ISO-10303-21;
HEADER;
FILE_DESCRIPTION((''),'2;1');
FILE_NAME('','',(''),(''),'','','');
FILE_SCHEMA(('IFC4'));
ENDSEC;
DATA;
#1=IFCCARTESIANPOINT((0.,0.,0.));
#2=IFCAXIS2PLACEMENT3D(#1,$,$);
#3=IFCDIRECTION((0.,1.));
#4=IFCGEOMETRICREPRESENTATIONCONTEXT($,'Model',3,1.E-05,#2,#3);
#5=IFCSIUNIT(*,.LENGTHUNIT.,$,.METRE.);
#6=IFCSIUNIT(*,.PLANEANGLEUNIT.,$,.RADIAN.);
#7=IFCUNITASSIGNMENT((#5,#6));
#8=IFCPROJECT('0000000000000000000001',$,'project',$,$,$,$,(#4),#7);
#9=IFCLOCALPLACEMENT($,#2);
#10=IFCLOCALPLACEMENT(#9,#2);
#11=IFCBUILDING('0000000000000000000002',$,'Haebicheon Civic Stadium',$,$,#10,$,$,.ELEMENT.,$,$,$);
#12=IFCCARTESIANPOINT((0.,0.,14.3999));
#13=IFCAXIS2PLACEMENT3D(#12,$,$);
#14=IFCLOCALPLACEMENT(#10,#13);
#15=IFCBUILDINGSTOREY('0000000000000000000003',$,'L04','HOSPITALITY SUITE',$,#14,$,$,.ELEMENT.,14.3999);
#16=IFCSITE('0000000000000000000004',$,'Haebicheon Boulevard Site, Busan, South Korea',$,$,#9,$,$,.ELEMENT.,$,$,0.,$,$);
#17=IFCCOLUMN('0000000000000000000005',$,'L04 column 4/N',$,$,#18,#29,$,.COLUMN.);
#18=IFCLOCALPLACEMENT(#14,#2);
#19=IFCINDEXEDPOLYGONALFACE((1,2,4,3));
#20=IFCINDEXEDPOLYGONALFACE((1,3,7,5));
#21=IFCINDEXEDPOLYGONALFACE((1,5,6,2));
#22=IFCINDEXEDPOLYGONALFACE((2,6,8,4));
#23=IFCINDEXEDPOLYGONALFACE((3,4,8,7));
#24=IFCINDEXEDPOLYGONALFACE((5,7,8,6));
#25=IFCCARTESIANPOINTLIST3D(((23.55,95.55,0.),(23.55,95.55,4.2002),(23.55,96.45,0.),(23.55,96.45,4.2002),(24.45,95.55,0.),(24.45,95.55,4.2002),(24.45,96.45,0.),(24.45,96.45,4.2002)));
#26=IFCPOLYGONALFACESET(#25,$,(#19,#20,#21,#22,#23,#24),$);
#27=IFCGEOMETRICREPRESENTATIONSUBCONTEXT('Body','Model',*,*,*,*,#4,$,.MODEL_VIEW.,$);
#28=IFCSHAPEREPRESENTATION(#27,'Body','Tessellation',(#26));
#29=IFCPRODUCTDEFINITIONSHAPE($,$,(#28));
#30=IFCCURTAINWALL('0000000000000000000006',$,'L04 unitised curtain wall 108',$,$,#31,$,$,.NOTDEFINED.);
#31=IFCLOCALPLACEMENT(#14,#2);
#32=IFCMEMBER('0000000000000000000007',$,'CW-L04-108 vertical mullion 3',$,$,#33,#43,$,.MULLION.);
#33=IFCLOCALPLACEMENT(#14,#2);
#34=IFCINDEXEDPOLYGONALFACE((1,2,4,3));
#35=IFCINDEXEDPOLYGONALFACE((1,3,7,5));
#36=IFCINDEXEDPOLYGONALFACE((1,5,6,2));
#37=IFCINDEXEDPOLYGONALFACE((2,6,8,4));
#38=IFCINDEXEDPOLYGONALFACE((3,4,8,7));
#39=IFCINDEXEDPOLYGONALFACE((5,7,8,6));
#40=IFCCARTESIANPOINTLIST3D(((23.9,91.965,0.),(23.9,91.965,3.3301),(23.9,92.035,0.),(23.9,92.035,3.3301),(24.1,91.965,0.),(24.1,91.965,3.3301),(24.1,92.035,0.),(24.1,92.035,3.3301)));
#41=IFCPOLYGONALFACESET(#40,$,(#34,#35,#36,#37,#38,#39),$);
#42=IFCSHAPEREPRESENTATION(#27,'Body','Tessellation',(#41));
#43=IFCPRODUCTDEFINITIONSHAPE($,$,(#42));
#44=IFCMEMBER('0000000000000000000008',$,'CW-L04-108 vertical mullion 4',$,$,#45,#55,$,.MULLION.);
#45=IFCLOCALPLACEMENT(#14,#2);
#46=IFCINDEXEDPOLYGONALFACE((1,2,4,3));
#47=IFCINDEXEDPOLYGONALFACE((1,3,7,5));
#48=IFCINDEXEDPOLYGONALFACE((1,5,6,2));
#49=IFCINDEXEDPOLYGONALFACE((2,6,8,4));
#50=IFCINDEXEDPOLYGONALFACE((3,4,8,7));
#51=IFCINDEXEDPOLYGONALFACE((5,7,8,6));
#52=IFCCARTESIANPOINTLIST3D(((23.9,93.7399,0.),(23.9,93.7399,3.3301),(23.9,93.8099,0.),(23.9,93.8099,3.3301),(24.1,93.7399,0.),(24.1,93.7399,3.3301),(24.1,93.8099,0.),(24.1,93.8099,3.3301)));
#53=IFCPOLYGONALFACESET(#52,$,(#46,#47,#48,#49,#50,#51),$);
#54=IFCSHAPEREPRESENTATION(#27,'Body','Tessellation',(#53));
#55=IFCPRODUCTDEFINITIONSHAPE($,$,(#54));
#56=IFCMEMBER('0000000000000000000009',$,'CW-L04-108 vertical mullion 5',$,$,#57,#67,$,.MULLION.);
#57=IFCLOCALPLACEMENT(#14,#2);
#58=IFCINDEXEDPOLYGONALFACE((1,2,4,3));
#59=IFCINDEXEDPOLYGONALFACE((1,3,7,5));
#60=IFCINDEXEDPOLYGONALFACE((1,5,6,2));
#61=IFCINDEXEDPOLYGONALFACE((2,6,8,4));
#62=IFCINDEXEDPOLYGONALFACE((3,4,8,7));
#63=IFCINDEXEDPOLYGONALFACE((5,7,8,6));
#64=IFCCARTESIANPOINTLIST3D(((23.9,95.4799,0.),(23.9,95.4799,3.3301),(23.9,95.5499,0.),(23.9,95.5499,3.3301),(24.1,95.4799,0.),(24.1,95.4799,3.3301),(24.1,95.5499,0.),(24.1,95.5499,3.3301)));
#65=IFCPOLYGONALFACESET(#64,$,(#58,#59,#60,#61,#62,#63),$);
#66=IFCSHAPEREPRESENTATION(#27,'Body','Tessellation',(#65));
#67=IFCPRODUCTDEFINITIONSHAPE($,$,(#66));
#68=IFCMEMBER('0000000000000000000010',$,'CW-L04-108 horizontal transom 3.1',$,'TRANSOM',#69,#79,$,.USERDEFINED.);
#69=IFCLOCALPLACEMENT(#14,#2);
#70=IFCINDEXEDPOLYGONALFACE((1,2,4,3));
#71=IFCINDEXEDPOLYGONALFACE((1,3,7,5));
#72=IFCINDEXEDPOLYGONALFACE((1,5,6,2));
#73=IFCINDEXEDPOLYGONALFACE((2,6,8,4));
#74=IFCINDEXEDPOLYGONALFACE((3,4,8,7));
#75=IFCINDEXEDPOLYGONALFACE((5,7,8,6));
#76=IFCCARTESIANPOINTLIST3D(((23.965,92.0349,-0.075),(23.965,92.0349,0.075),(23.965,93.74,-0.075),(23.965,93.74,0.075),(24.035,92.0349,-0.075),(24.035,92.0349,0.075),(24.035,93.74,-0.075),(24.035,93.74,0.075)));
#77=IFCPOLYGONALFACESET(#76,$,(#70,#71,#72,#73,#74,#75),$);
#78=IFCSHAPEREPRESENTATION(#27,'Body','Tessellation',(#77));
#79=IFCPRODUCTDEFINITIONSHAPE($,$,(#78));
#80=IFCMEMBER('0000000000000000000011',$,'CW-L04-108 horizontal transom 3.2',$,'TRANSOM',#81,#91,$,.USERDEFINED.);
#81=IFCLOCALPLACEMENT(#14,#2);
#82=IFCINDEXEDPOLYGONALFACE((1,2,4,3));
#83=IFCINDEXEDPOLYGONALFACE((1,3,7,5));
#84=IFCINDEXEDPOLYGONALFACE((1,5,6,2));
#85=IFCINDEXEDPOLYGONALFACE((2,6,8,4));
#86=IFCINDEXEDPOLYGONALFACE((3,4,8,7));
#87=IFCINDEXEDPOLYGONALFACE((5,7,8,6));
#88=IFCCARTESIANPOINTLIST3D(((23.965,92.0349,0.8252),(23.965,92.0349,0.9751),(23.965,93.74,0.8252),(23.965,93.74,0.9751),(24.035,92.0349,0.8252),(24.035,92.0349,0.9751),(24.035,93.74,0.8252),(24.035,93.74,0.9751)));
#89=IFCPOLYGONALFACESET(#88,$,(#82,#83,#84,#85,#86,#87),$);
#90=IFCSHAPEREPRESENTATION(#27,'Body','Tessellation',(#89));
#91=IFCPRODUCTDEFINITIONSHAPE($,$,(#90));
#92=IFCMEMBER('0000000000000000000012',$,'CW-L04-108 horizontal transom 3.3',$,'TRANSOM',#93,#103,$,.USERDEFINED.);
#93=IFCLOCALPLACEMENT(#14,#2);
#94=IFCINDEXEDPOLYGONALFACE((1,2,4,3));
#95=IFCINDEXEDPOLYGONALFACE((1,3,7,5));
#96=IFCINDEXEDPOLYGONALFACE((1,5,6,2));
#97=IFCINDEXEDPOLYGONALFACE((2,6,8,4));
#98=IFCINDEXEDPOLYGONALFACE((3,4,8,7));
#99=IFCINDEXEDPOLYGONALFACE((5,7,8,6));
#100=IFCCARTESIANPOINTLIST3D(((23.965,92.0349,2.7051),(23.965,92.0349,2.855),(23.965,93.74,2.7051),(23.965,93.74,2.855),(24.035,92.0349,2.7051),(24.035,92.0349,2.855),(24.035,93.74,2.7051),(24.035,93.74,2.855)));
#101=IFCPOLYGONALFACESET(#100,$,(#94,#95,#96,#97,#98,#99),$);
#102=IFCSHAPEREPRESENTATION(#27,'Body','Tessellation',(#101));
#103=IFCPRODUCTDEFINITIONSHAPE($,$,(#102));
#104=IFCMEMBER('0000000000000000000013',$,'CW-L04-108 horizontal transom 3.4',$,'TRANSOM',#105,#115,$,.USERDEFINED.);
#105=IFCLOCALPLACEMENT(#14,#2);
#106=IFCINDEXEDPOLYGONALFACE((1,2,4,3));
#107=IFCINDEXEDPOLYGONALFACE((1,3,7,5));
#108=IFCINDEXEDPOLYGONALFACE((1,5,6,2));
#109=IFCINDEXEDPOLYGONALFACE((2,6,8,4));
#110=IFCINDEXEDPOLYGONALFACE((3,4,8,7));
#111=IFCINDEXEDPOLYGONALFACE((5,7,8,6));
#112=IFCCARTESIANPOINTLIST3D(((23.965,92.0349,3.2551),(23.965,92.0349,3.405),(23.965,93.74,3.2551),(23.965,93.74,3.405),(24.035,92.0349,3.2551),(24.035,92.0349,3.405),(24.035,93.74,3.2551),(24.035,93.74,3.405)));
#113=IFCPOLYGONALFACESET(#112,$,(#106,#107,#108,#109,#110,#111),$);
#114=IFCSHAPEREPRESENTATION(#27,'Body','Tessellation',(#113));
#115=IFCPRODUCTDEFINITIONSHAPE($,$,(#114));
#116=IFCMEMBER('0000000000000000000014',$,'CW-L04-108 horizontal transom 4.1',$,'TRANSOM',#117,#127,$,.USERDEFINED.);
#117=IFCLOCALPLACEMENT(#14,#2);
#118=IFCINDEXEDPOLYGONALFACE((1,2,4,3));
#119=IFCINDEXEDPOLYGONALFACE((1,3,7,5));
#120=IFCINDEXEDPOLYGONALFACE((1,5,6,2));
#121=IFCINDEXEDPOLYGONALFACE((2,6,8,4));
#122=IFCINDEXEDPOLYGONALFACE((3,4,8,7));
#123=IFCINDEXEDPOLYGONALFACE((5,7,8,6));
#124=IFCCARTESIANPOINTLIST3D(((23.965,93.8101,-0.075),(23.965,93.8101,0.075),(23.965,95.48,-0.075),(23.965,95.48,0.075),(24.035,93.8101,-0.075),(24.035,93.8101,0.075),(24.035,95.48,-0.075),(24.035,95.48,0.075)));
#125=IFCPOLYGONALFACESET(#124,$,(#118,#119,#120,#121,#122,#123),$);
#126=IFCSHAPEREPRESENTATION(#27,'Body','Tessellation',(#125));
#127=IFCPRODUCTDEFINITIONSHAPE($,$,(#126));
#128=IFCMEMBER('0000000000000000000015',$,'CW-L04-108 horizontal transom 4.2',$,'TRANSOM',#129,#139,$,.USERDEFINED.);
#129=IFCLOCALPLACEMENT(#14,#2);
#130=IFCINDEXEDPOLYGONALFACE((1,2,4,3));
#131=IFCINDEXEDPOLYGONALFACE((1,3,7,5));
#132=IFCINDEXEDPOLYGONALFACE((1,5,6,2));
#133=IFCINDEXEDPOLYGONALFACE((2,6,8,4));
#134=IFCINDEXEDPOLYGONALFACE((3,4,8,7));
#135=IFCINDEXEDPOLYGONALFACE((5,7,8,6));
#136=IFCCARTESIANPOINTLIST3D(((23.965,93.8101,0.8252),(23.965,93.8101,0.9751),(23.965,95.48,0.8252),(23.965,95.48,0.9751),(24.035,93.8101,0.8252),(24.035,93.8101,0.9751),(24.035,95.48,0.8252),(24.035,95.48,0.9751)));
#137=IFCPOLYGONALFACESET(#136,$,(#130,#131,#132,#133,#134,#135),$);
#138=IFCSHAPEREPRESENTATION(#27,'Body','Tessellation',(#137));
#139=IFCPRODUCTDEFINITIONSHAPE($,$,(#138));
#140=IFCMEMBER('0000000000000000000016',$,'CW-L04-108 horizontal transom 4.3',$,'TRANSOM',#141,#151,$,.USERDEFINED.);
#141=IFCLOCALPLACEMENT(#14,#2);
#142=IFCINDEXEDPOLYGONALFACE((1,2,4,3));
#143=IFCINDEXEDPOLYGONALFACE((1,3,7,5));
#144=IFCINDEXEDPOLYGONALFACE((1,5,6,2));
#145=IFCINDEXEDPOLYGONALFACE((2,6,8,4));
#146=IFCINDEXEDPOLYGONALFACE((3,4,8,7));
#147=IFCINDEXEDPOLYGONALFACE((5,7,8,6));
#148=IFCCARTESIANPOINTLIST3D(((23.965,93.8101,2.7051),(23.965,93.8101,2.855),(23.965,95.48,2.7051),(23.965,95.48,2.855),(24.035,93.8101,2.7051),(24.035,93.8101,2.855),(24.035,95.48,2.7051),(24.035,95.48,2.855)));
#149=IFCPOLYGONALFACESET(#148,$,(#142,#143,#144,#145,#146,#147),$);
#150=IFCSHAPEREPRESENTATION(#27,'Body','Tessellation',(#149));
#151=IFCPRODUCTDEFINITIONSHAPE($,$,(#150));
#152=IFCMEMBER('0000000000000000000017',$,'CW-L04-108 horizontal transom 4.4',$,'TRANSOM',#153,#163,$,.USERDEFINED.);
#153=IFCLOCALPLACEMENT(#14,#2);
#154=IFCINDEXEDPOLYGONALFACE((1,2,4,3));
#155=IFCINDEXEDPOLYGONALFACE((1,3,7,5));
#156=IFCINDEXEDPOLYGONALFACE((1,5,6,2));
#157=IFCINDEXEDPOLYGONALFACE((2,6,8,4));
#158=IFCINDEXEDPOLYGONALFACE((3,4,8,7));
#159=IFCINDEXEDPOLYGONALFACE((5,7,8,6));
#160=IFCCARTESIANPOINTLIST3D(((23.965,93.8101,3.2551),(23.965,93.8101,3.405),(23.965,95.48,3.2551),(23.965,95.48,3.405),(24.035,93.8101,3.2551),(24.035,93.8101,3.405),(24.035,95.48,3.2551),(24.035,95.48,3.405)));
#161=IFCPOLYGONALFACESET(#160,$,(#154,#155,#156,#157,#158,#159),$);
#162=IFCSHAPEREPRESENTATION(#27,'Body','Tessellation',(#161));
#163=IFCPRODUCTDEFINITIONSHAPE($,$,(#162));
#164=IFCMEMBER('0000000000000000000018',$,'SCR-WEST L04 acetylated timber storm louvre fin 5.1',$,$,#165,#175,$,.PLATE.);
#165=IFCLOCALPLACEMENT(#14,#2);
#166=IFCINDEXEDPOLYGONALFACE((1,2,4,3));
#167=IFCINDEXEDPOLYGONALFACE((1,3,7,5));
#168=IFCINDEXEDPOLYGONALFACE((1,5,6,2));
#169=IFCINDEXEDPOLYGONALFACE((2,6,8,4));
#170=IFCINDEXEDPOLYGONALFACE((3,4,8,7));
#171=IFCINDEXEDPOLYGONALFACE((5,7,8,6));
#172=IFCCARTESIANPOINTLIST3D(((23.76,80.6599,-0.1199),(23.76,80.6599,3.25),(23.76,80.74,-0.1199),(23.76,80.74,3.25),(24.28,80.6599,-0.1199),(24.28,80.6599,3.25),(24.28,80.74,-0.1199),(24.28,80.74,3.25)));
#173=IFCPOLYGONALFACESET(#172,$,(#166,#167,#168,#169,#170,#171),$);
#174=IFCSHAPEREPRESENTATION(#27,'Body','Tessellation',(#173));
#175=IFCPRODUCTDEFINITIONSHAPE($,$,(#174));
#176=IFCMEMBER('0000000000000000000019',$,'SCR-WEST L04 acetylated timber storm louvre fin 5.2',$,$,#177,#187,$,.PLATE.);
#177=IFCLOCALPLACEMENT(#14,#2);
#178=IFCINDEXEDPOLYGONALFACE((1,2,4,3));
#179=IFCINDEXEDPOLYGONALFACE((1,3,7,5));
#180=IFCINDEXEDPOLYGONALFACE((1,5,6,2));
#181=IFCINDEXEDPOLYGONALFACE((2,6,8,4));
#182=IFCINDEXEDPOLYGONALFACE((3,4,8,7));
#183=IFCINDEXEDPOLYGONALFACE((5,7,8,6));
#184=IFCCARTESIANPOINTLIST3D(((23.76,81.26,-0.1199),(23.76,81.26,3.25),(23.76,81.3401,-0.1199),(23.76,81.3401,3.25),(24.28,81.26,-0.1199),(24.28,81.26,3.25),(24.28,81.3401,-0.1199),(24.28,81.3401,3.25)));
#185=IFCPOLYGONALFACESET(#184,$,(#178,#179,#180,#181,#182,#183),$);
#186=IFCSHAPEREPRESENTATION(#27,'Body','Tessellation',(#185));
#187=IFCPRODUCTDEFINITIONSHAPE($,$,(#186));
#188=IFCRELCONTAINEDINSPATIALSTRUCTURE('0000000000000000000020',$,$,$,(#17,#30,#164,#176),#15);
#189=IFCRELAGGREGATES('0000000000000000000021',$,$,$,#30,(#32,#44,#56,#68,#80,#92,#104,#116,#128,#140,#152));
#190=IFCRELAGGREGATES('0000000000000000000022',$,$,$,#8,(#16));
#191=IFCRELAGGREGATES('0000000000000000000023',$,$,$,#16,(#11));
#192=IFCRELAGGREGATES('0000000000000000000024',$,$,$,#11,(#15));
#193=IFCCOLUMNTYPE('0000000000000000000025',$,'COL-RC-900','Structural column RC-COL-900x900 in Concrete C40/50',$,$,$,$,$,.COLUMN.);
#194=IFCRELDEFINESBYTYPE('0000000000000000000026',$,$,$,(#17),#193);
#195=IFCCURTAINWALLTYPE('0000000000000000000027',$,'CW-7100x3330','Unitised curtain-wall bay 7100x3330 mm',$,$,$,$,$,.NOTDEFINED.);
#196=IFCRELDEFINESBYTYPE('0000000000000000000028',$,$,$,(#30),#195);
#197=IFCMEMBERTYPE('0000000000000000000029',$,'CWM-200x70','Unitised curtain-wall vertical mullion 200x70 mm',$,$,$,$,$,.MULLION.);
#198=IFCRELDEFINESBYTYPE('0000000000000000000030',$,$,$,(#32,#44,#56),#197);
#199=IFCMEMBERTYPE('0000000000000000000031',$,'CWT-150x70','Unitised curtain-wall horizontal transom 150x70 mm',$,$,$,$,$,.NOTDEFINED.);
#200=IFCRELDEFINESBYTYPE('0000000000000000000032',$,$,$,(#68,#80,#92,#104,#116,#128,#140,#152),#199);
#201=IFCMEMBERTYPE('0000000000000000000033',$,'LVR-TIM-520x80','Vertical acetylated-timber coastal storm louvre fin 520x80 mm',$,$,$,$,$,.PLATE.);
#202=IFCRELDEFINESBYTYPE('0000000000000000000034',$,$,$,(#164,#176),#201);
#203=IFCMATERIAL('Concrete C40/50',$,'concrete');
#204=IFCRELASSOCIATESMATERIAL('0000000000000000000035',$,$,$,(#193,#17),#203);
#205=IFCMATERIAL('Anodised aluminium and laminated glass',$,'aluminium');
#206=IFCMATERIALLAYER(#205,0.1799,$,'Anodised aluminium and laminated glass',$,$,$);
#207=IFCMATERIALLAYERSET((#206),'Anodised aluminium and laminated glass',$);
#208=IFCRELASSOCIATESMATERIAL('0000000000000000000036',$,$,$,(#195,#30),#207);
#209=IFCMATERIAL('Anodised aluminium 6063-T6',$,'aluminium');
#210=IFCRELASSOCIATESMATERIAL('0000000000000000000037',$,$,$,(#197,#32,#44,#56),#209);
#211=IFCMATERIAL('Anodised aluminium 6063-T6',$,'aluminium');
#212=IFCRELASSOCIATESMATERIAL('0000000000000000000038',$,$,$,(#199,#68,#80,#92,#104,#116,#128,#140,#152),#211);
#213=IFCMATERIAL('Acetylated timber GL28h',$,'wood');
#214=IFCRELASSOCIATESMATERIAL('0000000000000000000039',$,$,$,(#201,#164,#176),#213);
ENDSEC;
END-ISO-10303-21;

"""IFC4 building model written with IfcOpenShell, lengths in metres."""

from ifc_helpers import new_model, si_unit, direction, frame, origin, origin_2d, place, context, subcontext, project, spatial, rectangle, extrude, material, layer, layer_set, material_profile, profile_set, type_object, element, aggregate, save


model = new_model("IFC4")

# Units and contexts
model_context = context("Model", 3, precision=1e-05, world=origin(), true_north=direction((0.0, 1.0)))
body_context = subcontext(model_context, "Body", "Model", "MODEL_VIEW")
ifc_project = project(units=[si_unit("LENGTHUNIT", "METRE"), si_unit("PLANEANGLEUNIT", "RADIAN")], contexts=[model_context])

# Site, building, storey
site_placement = place(None, origin())
site = spatial("IfcSite", under=ifc_project, at=site_placement, Name="Haebicheon Boulevard Site, Busan, South Korea", CompositionType="ELEMENT", RefElevation=0.0)
building_placement = place(site_placement, origin())
building = spatial("IfcBuilding", under=site, at=building_placement, Name="Haebicheon Civic Stadium", CompositionType="ELEMENT")
storey_placement = place(building_placement, frame((0.0, 0.0, 14.3999)))
storey = spatial("IfcBuildingStorey", under=building, at=storey_placement, Name="L04", Description="HOSPITALITY SUITE", CompositionType="ELEMENT", Elevation=14.3999)

# Column
ifc_material_1 = material(Name="Concrete C40/50", Category="concrete")
ifc_material_profile_1 = material_profile(ifc_material_1, rectangle(XDim=0.8999, YDim=0.8999, at=origin_2d()), Name="RC-COL-900x900")
ifc_profile_set_1 = profile_set([ifc_material_profile_1], Name="Concrete C40/50")
column_type = type_object("IfcColumnType", Name="COL-RC-900", Description="Structural column RC-COL-900x900 in Concrete C40/50", PredefinedType="COLUMN", material=ifc_profile_set_1)
column_placement = place(storey_placement, frame((24.0, 96.0, 0.0), z_axis=(0.0, 0.0, 1.0), x_axis=(1.0, 0.0, 0.0)))
element("IfcColumn", 1, at=column_placement, inside=storey, type_object=column_type, material=ifc_profile_set_1, Name="L04 column 4/N", PredefinedType="COLUMN", context=body_context, shape_type="SweptSolid", body=[
    extrude(rectangle(XDim=0.8999, YDim=0.8999, at=origin_2d()), origin(), (0.0, 0.0, 1.0), 4.2002),
])

# Curtain wall, members
ifc_material_2 = material(Name="Anodised aluminium and laminated glass", Category="aluminium")
ifc_layer_1 = layer(ifc_material_2, 0.1799, Name="Anodised aluminium and laminated glass")
ifc_layer_set_1 = layer_set([ifc_layer_1], Name="Anodised aluminium and laminated glass")
curtain_wall_type = type_object("IfcCurtainWallType", Name="CW-7100x3330", Description="Unitised curtain-wall bay 7100x3330 mm", PredefinedType="NOTDEFINED", material=ifc_layer_set_1)
curtain_wall_placement = place(storey_placement, origin())
curtain_wall = element("IfcCurtainWall", 2, at=curtain_wall_placement, inside=storey, type_object=curtain_wall_type, material=ifc_layer_set_1, Name="L04 unitised curtain wall 108", PredefinedType="NOTDEFINED")
ifc_material_3 = material(Name="Anodised aluminium 6063-T6", Category="aluminium")
ifc_material_profile_2 = material_profile(ifc_material_3, rectangle(XDim=0.0701, YDim=0.2, at=origin_2d()), Name="ALU-MULL-70x200")
ifc_profile_set_2 = profile_set([ifc_material_profile_2], Name="Anodised aluminium 6063-T6")
member_type_1 = type_object("IfcMemberType", Name="CWM-200x70", Description="Unitised curtain-wall vertical mullion 200x70 mm", PredefinedType="MULLION", material=ifc_profile_set_2)
member_1_placement = place(storey_placement, frame((24.0, 92.0, 0.0), z_axis=(0.0, 0.0, 1.0), x_axis=(0.0, 1.0, 0.0)))
member_1 = element("IfcMember", 3, at=member_1_placement, type_object=member_type_1, material=ifc_profile_set_2, Name="CW-L04-108 vertical mullion 3", PredefinedType="MULLION", context=body_context, shape_type="SweptSolid", body=[
    extrude(rectangle(XDim=0.0701, YDim=0.2, at=origin_2d()), origin(), (0.0, 0.0, 1.0), 3.3301),
])
member_2_placement = place(storey_placement, frame((24.0, 93.7749, 0.0), z_axis=(0.0, 0.0, 1.0), x_axis=(0.0, 1.0, 0.0)))
member_2 = element("IfcMember", 4, at=member_2_placement, type_object=member_type_1, material=ifc_profile_set_2, Name="CW-L04-108 vertical mullion 4", PredefinedType="MULLION", context=body_context, shape_type="SweptSolid", body=[
    extrude(rectangle(XDim=0.0701, YDim=0.2, at=origin_2d()), origin(), (0.0, 0.0, 1.0), 3.3301),
])
member_3_placement = place(storey_placement, frame((24.0, 95.5149, 0.0), z_axis=(0.0, 0.0, 1.0), x_axis=(0.0, 1.0, 0.0)))
member_3 = element("IfcMember", 5, at=member_3_placement, type_object=member_type_1, material=ifc_profile_set_2, Name="CW-L04-108 vertical mullion 5", PredefinedType="MULLION", context=body_context, shape_type="SweptSolid", body=[
    extrude(rectangle(XDim=0.0701, YDim=0.2, at=origin_2d()), origin(), (0.0, 0.0, 1.0), 3.3301),
])
ifc_material_4 = material(Name="Anodised aluminium 6063-T6", Category="aluminium")
ifc_material_profile_3 = material_profile(ifc_material_4, rectangle(XDim=0.0701, YDim=0.1499, at=origin_2d()), Name="ALU-TRAN-70x150")
ifc_profile_set_3 = profile_set([ifc_material_profile_3], Name="Anodised aluminium 6063-T6")
member_type_2 = type_object("IfcMemberType", Name="CWT-150x70", Description="Unitised curtain-wall horizontal transom 150x70 mm", PredefinedType="NOTDEFINED", material=ifc_profile_set_3)
member_4_placement = place(storey_placement, frame((24.0, 92.0349, 0.0), z_axis=(0.0, 1.0, 0.0), x_axis=(-1.0, 0.0, 0.0)))
member_4 = element("IfcMember", 6, at=member_4_placement, type_object=member_type_2, material=ifc_profile_set_3, Name="CW-L04-108 horizontal transom 3.1", ObjectType="TRANSOM", PredefinedType="USERDEFINED", context=body_context, shape_type="SweptSolid", body=[
    extrude(rectangle(XDim=0.0701, YDim=0.1499, at=origin_2d()), origin(), (0.0, 0.0, 1.0), 1.7051),
])
member_5_placement = place(storey_placement, frame((24.0, 92.0349, 0.9001), z_axis=(0.0, 1.0, 0.0), x_axis=(-1.0, 0.0, 0.0)))
member_5 = element("IfcMember", 7, at=member_5_placement, type_object=member_type_2, material=ifc_profile_set_3, Name="CW-L04-108 horizontal transom 3.2", ObjectType="TRANSOM", PredefinedType="USERDEFINED", context=body_context, shape_type="SweptSolid", body=[
    extrude(rectangle(XDim=0.0701, YDim=0.1499, at=origin_2d()), origin(), (0.0, 0.0, 1.0), 1.7051),
])
member_6_placement = place(storey_placement, frame((24.0, 92.0349, 2.78), z_axis=(0.0, 1.0, 0.0), x_axis=(-1.0, 0.0, 0.0)))
member_6 = element("IfcMember", 8, at=member_6_placement, type_object=member_type_2, material=ifc_profile_set_3, Name="CW-L04-108 horizontal transom 3.3", ObjectType="TRANSOM", PredefinedType="USERDEFINED", context=body_context, shape_type="SweptSolid", body=[
    extrude(rectangle(XDim=0.0701, YDim=0.1499, at=origin_2d()), origin(), (0.0, 0.0, 1.0), 1.7051),
])
member_7_placement = place(storey_placement, frame((24.0, 92.0349, 3.3301), z_axis=(0.0, 1.0, 0.0), x_axis=(-1.0, 0.0, 0.0)))
member_7 = element("IfcMember", 9, at=member_7_placement, type_object=member_type_2, material=ifc_profile_set_3, Name="CW-L04-108 horizontal transom 3.4", ObjectType="TRANSOM", PredefinedType="USERDEFINED", context=body_context, shape_type="SweptSolid", body=[
    extrude(rectangle(XDim=0.0701, YDim=0.1499, at=origin_2d()), origin(), (0.0, 0.0, 1.0), 1.7051),
])
member_8_placement = place(storey_placement, frame((24.0, 93.8101, 0.0), z_axis=(0.0, 1.0, 0.0), x_axis=(-1.0, 0.0, 0.0)))
member_8 = element("IfcMember", 10, at=member_8_placement, type_object=member_type_2, material=ifc_profile_set_3, Name="CW-L04-108 horizontal transom 4.1", ObjectType="TRANSOM", PredefinedType="USERDEFINED", context=body_context, shape_type="SweptSolid", body=[
    extrude(rectangle(XDim=0.0701, YDim=0.1499, at=origin_2d()), origin(), (0.0, 0.0, 1.0), 1.6699),
])
member_9_placement = place(storey_placement, frame((24.0, 93.8101, 0.9001), z_axis=(0.0, 1.0, 0.0), x_axis=(-1.0, 0.0, 0.0)))
member_9 = element("IfcMember", 11, at=member_9_placement, type_object=member_type_2, material=ifc_profile_set_3, Name="CW-L04-108 horizontal transom 4.2", ObjectType="TRANSOM", PredefinedType="USERDEFINED", context=body_context, shape_type="SweptSolid", body=[
    extrude(rectangle(XDim=0.0701, YDim=0.1499, at=origin_2d()), origin(), (0.0, 0.0, 1.0), 1.6699),
])
member_10_placement = place(storey_placement, frame((24.0, 93.8101, 2.78), z_axis=(0.0, 1.0, 0.0), x_axis=(-1.0, 0.0, 0.0)))
member_10 = element("IfcMember", 12, at=member_10_placement, type_object=member_type_2, material=ifc_profile_set_3, Name="CW-L04-108 horizontal transom 4.3", ObjectType="TRANSOM", PredefinedType="USERDEFINED", context=body_context, shape_type="SweptSolid", body=[
    extrude(rectangle(XDim=0.0701, YDim=0.1499, at=origin_2d()), origin(), (0.0, 0.0, 1.0), 1.6699),
])
member_11_placement = place(storey_placement, frame((24.0, 93.8101, 3.3301), z_axis=(0.0, 1.0, 0.0), x_axis=(-1.0, 0.0, 0.0)))
member_11 = element("IfcMember", 13, at=member_11_placement, type_object=member_type_2, material=ifc_profile_set_3, Name="CW-L04-108 horizontal transom 4.4", ObjectType="TRANSOM", PredefinedType="USERDEFINED", context=body_context, shape_type="SweptSolid", body=[
    extrude(rectangle(XDim=0.0701, YDim=0.1499, at=origin_2d()), origin(), (0.0, 0.0, 1.0), 1.6699),
])

# Members
ifc_material_5 = material(Name="Acetylated timber GL28h", Category="wood")
ifc_material_profile_4 = material_profile(ifc_material_5, rectangle(XDim=0.0801, YDim=0.52, at=origin_2d()), Name="TMB-LOUV-80x520")
ifc_profile_set_4 = profile_set([ifc_material_profile_4], Name="Acetylated timber GL28h")
member_type_3 = type_object("IfcMemberType", Name="LVR-TIM-520x80", Description="Vertical acetylated-timber coastal storm louvre fin 520x80 mm", PredefinedType="PLATE", material=ifc_profile_set_4)
for number, where, z_axis, x_axis, name in (
    (14, (24.02, 80.7, -0.1199), (0.0, 0.0, 1.0), (0.0, 1.0, 0.0), "SCR-WEST L04 acetylated timber storm louvre fin 5.1"),
    (15, (24.02, 81.3, -0.1199), (0.0, 0.0, 1.0), (0.0, 1.0, 0.0), "SCR-WEST L04 acetylated timber storm louvre fin 5.2"),
):
    element("IfcMember", number, at=place(storey_placement, frame(where, z_axis=z_axis, x_axis=x_axis)), inside=storey, type_object=member_type_3, material=ifc_profile_set_4, Name=name, PredefinedType="PLATE", context=body_context, shape_type="SweptSolid", body=[
        extrude(rectangle(XDim=0.0801, YDim=0.52, at=origin_2d()), origin(), (0.0, 0.0, 1.0), 3.3699),
    ])

aggregate(curtain_wall, [member_1, member_2, member_3, member_4, member_5, member_6, member_7, member_8, member_9, member_10, member_11])

save(model, "model.ifc")
